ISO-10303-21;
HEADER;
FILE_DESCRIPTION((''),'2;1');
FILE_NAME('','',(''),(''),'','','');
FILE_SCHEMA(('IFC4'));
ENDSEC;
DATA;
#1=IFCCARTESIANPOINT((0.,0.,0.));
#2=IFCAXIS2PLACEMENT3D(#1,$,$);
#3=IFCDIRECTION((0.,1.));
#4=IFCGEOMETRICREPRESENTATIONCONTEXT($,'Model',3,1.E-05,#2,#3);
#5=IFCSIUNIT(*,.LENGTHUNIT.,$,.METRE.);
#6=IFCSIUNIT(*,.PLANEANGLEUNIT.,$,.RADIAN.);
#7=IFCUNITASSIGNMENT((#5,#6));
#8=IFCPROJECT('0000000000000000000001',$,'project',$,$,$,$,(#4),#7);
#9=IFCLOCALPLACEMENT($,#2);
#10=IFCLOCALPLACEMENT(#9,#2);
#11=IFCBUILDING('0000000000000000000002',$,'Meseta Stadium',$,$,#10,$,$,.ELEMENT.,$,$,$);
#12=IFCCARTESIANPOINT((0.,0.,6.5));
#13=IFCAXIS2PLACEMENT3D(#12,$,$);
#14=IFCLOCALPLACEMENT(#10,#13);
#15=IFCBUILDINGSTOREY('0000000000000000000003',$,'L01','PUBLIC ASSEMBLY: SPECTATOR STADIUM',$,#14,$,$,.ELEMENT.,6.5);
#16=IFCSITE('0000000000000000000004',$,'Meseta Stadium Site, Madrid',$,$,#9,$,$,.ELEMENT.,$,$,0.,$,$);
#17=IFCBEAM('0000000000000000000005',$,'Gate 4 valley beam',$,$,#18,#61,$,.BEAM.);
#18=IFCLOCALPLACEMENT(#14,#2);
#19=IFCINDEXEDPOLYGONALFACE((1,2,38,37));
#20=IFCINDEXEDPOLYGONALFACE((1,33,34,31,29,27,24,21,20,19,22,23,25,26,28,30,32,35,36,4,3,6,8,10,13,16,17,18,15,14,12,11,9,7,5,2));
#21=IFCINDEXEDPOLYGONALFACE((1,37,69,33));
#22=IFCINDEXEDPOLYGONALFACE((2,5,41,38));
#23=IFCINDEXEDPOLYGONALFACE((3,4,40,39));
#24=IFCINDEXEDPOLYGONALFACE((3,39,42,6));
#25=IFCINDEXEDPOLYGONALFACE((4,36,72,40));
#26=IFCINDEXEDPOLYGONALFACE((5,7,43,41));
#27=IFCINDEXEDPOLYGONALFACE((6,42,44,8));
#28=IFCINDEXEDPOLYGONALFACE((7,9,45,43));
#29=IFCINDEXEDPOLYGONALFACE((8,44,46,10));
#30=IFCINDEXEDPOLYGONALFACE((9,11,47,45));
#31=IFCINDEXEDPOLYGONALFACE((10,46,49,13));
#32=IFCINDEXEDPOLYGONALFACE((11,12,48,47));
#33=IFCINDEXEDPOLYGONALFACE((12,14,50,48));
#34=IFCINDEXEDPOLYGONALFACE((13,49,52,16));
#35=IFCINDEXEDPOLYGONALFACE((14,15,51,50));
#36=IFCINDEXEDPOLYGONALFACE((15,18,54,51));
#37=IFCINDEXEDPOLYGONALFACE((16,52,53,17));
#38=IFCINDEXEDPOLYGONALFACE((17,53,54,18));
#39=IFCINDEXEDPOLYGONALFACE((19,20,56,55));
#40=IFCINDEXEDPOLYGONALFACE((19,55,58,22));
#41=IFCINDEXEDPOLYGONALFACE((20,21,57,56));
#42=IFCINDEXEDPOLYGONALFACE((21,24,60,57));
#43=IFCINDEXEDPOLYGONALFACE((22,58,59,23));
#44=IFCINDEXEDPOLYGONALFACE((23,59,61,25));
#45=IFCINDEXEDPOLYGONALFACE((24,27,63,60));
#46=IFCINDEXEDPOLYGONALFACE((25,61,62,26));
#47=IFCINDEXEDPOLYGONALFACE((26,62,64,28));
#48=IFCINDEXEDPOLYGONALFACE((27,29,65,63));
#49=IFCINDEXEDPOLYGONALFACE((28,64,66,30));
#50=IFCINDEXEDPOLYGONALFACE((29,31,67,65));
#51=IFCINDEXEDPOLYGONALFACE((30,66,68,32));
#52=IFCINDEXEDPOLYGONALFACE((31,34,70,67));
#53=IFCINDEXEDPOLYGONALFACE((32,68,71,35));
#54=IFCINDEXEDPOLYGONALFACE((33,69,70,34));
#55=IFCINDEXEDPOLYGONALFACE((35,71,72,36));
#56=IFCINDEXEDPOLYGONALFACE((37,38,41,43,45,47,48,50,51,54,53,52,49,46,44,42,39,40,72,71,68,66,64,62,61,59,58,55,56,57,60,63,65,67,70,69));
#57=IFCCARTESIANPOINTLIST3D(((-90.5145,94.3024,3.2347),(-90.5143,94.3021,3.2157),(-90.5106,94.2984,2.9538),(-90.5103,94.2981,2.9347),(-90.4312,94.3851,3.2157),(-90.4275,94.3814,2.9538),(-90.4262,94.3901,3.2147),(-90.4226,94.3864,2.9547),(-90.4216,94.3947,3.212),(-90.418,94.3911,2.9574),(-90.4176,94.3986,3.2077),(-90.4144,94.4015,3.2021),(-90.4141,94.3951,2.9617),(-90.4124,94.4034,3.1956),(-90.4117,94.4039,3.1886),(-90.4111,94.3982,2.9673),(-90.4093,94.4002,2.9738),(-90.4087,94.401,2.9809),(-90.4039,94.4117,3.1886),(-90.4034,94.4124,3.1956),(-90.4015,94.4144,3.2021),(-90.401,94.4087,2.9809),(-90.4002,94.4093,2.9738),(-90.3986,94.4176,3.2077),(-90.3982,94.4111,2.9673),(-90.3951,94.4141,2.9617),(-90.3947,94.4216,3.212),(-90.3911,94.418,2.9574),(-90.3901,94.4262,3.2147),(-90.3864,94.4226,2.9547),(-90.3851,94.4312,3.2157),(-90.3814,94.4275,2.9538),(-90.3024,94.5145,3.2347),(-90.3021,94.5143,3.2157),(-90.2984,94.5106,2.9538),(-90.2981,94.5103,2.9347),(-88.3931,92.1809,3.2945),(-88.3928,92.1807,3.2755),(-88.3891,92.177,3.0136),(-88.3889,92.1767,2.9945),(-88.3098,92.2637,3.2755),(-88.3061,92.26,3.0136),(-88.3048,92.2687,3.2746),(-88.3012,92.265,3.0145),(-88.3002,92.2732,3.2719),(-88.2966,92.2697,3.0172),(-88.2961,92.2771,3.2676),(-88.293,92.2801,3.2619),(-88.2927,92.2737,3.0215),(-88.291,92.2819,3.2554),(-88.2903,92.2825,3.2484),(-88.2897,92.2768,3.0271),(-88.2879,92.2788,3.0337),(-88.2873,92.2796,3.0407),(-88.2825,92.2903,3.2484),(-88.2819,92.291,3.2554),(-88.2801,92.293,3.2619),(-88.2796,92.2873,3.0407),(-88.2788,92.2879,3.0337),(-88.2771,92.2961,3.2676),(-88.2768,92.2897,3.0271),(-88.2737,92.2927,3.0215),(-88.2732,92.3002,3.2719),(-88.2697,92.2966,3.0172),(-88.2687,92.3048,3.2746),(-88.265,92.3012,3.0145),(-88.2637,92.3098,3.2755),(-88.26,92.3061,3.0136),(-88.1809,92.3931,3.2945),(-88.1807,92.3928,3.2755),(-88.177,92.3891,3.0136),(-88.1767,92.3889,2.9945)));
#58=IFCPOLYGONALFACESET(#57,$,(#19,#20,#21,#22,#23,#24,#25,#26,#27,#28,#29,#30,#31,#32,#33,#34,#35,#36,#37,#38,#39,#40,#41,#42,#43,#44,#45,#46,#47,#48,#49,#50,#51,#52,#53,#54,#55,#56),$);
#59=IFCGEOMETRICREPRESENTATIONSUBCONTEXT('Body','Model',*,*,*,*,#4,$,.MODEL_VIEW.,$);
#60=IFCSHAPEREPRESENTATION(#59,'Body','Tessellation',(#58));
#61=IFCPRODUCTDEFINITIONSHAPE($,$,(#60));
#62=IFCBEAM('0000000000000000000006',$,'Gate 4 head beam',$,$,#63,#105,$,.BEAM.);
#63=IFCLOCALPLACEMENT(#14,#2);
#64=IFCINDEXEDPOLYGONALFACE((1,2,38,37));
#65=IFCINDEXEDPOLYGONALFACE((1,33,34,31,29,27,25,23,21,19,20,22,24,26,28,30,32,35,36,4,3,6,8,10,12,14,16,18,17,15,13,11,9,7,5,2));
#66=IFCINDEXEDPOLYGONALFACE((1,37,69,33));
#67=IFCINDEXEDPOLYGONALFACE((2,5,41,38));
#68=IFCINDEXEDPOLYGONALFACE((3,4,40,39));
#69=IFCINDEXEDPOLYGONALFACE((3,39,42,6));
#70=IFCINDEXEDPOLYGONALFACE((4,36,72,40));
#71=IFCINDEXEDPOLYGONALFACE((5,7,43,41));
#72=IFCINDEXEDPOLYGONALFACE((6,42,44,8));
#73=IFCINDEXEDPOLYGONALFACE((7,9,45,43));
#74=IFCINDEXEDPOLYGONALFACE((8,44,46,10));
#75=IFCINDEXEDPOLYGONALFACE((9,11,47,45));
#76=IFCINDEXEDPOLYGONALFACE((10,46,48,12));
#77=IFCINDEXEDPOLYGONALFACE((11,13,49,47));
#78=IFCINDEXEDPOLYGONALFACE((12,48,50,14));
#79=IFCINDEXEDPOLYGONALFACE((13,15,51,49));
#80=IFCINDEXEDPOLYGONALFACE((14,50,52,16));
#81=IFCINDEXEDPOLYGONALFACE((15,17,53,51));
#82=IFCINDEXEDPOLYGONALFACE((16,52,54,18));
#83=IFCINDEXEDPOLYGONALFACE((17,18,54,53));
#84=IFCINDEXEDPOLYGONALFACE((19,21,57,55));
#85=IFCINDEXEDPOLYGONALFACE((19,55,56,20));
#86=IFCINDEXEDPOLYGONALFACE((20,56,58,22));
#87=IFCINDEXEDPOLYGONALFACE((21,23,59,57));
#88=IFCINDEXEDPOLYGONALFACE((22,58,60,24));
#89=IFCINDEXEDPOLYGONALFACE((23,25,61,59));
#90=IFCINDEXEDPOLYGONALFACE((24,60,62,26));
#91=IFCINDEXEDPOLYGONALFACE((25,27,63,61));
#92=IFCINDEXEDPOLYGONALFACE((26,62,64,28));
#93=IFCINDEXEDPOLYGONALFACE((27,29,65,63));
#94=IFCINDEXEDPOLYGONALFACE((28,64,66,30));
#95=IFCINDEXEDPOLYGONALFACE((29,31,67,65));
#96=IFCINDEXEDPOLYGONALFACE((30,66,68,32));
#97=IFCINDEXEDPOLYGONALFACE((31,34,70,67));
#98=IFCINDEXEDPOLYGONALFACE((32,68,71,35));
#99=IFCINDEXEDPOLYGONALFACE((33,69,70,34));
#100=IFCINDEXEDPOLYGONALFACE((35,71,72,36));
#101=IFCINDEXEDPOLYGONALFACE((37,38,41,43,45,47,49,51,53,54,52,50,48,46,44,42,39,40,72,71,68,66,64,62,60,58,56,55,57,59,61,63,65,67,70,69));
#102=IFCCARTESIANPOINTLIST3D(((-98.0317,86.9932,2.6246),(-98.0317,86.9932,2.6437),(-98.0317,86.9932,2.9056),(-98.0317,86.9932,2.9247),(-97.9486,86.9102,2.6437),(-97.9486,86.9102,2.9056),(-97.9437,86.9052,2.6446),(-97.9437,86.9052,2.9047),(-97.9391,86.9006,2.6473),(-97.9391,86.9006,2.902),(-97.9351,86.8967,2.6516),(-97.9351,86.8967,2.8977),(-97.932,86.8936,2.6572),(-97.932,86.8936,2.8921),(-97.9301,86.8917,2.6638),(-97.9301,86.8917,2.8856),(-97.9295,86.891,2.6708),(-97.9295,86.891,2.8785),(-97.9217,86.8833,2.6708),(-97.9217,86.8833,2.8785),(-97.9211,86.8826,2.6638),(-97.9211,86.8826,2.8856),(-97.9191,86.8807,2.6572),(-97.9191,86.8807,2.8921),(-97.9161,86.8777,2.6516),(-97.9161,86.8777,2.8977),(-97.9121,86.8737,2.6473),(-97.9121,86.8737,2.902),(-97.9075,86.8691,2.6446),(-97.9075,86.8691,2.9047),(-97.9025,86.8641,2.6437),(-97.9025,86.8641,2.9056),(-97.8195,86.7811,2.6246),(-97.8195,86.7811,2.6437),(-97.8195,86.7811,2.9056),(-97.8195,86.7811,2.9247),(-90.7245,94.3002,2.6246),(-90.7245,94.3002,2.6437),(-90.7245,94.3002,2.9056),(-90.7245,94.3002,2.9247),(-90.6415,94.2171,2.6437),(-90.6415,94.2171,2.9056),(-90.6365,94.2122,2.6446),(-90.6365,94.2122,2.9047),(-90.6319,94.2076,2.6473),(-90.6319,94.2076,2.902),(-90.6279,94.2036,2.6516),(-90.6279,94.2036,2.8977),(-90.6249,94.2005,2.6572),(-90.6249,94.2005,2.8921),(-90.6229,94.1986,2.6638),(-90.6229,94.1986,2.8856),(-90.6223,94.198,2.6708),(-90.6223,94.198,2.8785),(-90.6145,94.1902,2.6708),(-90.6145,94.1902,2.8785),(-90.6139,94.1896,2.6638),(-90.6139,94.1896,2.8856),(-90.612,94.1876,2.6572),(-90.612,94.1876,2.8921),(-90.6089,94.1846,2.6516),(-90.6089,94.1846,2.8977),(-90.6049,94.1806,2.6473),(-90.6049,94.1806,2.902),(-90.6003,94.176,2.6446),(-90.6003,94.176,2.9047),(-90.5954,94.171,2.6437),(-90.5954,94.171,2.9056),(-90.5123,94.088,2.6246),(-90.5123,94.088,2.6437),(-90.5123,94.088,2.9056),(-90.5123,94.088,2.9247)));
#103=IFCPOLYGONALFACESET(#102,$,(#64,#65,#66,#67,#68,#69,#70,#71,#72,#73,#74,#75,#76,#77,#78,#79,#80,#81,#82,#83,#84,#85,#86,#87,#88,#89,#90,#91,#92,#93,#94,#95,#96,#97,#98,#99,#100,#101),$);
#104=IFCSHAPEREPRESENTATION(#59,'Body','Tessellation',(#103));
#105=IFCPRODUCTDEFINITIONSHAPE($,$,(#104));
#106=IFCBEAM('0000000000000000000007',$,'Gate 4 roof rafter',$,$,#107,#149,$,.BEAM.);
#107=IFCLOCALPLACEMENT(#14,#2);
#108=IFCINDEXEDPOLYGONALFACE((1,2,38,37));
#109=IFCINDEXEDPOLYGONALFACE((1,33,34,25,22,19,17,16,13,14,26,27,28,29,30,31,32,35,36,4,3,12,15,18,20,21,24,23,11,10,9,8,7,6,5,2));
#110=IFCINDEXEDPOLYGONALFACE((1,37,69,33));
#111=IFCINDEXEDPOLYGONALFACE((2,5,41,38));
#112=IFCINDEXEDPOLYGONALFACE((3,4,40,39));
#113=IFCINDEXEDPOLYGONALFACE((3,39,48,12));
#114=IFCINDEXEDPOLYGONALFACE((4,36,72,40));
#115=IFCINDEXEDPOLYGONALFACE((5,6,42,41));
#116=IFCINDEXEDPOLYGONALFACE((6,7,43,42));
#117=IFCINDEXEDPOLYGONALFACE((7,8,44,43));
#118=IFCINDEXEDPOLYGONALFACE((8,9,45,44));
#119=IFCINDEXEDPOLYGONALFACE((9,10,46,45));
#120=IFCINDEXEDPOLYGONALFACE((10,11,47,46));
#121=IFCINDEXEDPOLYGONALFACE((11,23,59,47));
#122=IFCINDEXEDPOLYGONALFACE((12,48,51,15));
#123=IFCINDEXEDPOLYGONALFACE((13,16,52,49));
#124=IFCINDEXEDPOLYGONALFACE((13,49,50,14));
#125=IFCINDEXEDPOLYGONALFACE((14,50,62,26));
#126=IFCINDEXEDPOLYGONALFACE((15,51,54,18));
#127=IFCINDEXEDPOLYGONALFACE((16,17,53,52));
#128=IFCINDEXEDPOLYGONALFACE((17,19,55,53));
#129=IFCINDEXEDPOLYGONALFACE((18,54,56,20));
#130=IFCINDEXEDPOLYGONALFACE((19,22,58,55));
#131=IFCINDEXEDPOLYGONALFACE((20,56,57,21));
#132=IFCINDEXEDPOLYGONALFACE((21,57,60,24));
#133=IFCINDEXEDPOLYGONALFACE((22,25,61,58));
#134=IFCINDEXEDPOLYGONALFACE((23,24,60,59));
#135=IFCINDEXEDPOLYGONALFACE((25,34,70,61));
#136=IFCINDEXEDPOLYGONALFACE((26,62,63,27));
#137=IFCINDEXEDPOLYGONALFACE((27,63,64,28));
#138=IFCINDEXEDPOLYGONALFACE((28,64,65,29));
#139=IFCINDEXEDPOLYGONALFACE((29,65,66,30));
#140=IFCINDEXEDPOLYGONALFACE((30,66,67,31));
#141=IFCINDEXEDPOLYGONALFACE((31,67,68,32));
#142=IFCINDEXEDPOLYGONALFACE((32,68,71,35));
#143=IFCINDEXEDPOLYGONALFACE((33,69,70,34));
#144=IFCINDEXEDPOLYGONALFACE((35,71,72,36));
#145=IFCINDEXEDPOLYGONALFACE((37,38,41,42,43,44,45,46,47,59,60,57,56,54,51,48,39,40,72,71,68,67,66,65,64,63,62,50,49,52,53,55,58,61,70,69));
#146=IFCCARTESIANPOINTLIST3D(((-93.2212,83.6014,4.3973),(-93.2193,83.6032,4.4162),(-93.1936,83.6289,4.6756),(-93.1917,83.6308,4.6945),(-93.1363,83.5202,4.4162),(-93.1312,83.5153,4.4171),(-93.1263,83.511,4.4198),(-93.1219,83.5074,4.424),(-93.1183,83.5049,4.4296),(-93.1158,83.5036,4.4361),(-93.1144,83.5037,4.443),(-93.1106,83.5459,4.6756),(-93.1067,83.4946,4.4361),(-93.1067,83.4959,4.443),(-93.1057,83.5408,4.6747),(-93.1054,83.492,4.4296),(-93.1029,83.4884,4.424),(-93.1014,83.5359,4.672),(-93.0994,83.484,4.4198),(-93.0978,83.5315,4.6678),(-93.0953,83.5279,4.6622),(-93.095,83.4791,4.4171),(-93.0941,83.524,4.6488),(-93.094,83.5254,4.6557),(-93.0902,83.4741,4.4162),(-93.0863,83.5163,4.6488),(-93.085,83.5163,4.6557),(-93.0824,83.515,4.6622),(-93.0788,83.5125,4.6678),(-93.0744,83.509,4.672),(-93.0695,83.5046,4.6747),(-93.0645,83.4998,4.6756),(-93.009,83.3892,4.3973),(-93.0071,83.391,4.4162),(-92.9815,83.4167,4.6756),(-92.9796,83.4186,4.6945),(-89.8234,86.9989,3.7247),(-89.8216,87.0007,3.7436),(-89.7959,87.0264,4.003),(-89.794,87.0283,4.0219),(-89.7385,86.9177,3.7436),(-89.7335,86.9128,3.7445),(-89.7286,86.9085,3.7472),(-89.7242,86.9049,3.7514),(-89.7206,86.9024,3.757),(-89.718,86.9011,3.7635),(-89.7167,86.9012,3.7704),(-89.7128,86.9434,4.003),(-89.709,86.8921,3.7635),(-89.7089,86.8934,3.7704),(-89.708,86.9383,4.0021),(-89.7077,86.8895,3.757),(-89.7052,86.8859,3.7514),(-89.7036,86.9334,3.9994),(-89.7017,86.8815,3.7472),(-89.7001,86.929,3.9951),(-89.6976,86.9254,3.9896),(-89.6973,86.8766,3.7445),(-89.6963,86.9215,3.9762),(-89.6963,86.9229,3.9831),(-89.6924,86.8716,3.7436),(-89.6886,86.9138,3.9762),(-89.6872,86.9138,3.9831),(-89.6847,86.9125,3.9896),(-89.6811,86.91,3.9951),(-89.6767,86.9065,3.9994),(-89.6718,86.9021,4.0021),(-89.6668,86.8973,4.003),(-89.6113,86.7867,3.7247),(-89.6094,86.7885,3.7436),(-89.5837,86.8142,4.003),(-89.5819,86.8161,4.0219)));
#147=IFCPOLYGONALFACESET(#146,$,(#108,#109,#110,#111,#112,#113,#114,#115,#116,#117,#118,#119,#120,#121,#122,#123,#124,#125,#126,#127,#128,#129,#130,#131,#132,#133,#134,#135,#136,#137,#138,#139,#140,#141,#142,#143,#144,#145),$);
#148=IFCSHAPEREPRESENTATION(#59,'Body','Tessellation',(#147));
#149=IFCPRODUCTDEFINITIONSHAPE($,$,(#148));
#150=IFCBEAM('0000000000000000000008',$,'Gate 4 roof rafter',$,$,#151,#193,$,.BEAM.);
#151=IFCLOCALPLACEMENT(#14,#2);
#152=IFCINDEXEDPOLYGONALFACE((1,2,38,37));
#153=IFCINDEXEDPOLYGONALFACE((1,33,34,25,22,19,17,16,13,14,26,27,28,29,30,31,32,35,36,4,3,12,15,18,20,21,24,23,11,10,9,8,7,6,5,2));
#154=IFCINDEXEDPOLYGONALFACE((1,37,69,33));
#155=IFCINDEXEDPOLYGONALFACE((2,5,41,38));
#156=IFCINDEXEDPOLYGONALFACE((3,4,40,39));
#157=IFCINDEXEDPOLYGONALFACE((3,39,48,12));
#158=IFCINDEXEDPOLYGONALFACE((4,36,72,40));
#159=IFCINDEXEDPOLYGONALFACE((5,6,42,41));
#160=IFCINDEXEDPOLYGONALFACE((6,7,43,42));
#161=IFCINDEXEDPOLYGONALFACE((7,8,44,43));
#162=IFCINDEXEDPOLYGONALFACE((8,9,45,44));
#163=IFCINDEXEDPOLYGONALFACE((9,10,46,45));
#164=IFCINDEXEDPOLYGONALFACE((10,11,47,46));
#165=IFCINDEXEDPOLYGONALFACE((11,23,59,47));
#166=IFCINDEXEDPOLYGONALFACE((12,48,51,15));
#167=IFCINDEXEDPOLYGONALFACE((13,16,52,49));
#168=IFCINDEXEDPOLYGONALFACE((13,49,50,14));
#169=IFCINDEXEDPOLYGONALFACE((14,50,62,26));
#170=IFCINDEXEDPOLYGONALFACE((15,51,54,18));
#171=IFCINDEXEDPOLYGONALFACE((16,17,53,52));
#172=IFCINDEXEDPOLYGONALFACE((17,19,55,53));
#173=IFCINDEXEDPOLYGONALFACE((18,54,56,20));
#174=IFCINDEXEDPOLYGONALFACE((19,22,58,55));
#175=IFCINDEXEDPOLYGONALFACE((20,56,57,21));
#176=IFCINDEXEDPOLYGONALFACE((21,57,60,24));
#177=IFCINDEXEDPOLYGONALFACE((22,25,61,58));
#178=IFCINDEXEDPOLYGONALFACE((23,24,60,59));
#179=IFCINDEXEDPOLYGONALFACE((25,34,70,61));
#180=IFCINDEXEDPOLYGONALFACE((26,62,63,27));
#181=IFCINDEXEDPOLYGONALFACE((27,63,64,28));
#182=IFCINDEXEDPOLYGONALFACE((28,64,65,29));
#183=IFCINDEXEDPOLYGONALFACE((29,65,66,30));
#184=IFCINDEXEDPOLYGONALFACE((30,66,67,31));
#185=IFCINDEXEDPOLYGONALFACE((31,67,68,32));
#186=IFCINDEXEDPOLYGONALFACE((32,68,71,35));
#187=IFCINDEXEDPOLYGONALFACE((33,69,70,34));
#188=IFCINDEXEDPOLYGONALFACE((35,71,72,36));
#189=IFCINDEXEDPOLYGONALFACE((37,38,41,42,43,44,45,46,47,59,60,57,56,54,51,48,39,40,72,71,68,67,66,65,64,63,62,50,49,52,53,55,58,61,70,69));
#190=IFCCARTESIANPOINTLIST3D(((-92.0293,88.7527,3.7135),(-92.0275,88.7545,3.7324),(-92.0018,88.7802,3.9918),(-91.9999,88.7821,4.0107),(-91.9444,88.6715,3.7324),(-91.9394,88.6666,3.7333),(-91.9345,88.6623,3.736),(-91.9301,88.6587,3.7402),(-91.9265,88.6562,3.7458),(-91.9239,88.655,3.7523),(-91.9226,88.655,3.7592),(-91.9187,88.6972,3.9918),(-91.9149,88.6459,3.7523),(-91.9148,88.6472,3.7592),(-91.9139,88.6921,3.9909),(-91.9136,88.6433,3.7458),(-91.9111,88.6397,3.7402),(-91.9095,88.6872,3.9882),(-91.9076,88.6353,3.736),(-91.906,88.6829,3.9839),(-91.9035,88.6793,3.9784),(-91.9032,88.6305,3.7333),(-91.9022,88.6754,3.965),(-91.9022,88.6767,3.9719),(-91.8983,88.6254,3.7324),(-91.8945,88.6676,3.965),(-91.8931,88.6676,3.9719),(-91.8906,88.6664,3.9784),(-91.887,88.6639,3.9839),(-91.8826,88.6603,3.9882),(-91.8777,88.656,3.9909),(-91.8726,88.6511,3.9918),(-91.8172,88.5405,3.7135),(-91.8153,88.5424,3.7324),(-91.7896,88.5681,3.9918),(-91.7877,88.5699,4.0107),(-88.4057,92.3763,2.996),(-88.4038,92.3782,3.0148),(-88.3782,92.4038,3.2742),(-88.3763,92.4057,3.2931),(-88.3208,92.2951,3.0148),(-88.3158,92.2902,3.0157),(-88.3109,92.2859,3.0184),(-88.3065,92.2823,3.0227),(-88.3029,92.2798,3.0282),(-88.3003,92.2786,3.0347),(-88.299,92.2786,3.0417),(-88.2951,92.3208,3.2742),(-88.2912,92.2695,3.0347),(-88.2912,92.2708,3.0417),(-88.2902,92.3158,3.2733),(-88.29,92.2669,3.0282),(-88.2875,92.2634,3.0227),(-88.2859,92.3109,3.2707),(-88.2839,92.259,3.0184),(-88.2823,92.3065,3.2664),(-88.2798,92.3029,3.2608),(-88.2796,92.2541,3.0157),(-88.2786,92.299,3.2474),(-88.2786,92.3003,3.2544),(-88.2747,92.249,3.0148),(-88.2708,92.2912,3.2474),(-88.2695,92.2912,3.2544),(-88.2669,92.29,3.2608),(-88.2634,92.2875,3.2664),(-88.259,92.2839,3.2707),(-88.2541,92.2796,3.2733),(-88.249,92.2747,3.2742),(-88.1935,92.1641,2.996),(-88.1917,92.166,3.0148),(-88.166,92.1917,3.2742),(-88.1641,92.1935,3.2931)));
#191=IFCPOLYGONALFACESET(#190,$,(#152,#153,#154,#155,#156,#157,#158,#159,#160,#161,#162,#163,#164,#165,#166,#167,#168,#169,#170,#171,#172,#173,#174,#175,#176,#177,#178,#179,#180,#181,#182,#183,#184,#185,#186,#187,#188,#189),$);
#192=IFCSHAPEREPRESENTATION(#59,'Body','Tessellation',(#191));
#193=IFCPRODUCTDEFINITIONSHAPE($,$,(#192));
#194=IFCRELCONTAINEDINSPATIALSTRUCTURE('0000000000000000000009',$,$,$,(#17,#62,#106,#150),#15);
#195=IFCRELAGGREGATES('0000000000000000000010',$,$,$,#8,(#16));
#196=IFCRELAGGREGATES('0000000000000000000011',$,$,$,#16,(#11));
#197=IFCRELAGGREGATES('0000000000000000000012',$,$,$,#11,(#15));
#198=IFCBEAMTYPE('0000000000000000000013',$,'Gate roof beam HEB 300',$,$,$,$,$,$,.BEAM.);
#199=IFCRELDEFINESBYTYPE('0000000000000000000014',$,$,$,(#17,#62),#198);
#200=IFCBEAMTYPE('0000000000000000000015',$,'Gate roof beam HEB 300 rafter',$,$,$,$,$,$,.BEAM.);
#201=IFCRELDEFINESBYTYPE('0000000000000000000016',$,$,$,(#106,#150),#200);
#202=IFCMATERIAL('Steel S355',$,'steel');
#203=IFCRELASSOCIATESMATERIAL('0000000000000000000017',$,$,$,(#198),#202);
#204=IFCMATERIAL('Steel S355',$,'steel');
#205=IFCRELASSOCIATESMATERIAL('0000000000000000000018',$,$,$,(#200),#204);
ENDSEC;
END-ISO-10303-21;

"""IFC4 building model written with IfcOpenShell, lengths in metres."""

from ifc_helpers import new_model, si_unit, direction, frame, origin, origin_2d, place, context, subcontext, project, spatial, i_section, extrude, material, material_profile, profile_set, type_object, element, save


model = new_model("IFC4")

# Units and contexts
model_context = context("Model", 3, precision=1e-05, world=origin(), true_north=direction((0.0, 1.0)))
body_context = subcontext(model_context, "Body", "Model", "MODEL_VIEW")
ifc_project = project(units=[si_unit("LENGTHUNIT", "METRE"), si_unit("PLANEANGLEUNIT", "RADIAN")], contexts=[model_context])

# Site, building, storey
site_placement = place(None, origin())
site = spatial("IfcSite", under=ifc_project, at=site_placement, Name="Meseta Stadium Site, Madrid", CompositionType="ELEMENT", RefElevation=0.0)
building_placement = place(site_placement, origin())
building = spatial("IfcBuilding", under=site, at=building_placement, Name="Meseta Stadium", CompositionType="ELEMENT")
storey_placement = place(building_placement, frame((0.0, 0.0, 6.5)))
storey = spatial("IfcBuildingStorey", under=building, at=storey_placement, Name="L01", Description="PUBLIC ASSEMBLY: SPECTATOR STADIUM", CompositionType="ELEMENT", Elevation=6.5)

# Beams
ifc_material_1 = material(Name="Steel S355", Category="steel")
ifc_material_profile_1 = material_profile(ifc_material_1, i_section(OverallWidth=0.3, OverallDepth=0.3, WebThickness=0.011, FlangeThickness=0.019, FilletRadius=0.0271, at=origin_2d()), Name="HEB 300")
ifc_profile_set_1 = profile_set([ifc_material_profile_1], Name="Steel S355")
beam_type_1 = type_object("IfcBeamType", Name="Gate roof beam HEB 300", PredefinedType="BEAM", material=ifc_profile_set_1)
beam_1_placement = place(storey_placement, frame((-88.2849, 92.2849, 3.1445), z_axis=(-0.706966, 0.706966, -0.019934), x_axis=(-0.707107, -0.707107, 0.0)))
element("IfcBeam", 1, at=beam_1_placement, inside=storey, type_object=beam_type_1, Name="Gate 4 valley beam", PredefinedType="BEAM", context=body_context, shape_type="SweptSolid", body=[
    extrude(i_section(OverallWidth=0.3, OverallDepth=0.3, WebThickness=0.011, FlangeThickness=0.019, FilletRadius=0.0271, at=origin_2d()), origin(), (0.0, 0.0, 1.0), 3.0007),
])
beam_2_placement = place(storey_placement, frame((-90.6184, 94.1941, 2.7747), z_axis=(-0.707119, -0.707095, 0.0), x_axis=(0.707095, -0.707119, 0.0)))
element("IfcBeam", 2, at=beam_2_placement, inside=storey, type_object=beam_type_1, Name="Gate 4 head beam", PredefinedType="BEAM", context=body_context, shape_type="SweptSolid", body=[
    extrude(i_section(OverallWidth=0.3, OverallDepth=0.3, WebThickness=0.011, FlangeThickness=0.019, FilletRadius=0.0271, at=origin_2d()), origin(), (0.0, 0.0, 1.0), 10.3337),
])
ifc_material_2 = material(Name="Steel S355", Category="steel")
ifc_material_profile_2 = material_profile(ifc_material_2, i_section(OverallWidth=0.3, OverallDepth=0.3, WebThickness=0.011, FlangeThickness=0.019, FilletRadius=0.0271, at=origin_2d()), Name="HEB 300")
ifc_profile_set_2 = profile_set([ifc_material_profile_2], Name="Steel S355")
beam_type_2 = type_object("IfcBeamType", Name="Gate roof beam HEB 300 rafter", PredefinedType="BEAM", material=ifc_profile_set_2)
beam_3_placement = place(storey_placement, frame((-89.7026, 86.9075, 3.8733), z_axis=(-0.700304, -0.700254, 0.138632), x_axis=(0.707081, -0.707132, 0.0)))
element("IfcBeam", 3, at=beam_3_placement, inside=storey, type_object=beam_type_2, Name="Gate 4 roof rafter", PredefinedType="BEAM", context=body_context, shape_type="SweptSolid", body=[
    extrude(i_section(OverallWidth=0.3, OverallDepth=0.3, WebThickness=0.011, FlangeThickness=0.019, FilletRadius=0.0271, at=origin_2d()), origin(), (0.0, 0.0, 1.0), 4.8518),
])
for number, where, z_axis, x_axis, name in (
    (4, (-88.2849, 92.2849, 3.1445), (-0.700275, -0.700275, 0.138668), (0.707107, -0.707107, 0.0), "Gate 4 roof rafter"),
):
    element("IfcBeam", number, at=place(storey_placement, frame(where, z_axis=z_axis, x_axis=x_axis)), inside=storey, type_object=beam_type_2, Name=name, PredefinedType="BEAM", context=body_context, shape_type="SweptSolid", body=[
        extrude(i_section(OverallWidth=0.3, OverallDepth=0.3, WebThickness=0.011, FlangeThickness=0.019, FilletRadius=0.0271, at=origin_2d()), origin(), (0.0, 0.0, 1.0), 5.1746),
    ])

save(model, "model.ifc")
